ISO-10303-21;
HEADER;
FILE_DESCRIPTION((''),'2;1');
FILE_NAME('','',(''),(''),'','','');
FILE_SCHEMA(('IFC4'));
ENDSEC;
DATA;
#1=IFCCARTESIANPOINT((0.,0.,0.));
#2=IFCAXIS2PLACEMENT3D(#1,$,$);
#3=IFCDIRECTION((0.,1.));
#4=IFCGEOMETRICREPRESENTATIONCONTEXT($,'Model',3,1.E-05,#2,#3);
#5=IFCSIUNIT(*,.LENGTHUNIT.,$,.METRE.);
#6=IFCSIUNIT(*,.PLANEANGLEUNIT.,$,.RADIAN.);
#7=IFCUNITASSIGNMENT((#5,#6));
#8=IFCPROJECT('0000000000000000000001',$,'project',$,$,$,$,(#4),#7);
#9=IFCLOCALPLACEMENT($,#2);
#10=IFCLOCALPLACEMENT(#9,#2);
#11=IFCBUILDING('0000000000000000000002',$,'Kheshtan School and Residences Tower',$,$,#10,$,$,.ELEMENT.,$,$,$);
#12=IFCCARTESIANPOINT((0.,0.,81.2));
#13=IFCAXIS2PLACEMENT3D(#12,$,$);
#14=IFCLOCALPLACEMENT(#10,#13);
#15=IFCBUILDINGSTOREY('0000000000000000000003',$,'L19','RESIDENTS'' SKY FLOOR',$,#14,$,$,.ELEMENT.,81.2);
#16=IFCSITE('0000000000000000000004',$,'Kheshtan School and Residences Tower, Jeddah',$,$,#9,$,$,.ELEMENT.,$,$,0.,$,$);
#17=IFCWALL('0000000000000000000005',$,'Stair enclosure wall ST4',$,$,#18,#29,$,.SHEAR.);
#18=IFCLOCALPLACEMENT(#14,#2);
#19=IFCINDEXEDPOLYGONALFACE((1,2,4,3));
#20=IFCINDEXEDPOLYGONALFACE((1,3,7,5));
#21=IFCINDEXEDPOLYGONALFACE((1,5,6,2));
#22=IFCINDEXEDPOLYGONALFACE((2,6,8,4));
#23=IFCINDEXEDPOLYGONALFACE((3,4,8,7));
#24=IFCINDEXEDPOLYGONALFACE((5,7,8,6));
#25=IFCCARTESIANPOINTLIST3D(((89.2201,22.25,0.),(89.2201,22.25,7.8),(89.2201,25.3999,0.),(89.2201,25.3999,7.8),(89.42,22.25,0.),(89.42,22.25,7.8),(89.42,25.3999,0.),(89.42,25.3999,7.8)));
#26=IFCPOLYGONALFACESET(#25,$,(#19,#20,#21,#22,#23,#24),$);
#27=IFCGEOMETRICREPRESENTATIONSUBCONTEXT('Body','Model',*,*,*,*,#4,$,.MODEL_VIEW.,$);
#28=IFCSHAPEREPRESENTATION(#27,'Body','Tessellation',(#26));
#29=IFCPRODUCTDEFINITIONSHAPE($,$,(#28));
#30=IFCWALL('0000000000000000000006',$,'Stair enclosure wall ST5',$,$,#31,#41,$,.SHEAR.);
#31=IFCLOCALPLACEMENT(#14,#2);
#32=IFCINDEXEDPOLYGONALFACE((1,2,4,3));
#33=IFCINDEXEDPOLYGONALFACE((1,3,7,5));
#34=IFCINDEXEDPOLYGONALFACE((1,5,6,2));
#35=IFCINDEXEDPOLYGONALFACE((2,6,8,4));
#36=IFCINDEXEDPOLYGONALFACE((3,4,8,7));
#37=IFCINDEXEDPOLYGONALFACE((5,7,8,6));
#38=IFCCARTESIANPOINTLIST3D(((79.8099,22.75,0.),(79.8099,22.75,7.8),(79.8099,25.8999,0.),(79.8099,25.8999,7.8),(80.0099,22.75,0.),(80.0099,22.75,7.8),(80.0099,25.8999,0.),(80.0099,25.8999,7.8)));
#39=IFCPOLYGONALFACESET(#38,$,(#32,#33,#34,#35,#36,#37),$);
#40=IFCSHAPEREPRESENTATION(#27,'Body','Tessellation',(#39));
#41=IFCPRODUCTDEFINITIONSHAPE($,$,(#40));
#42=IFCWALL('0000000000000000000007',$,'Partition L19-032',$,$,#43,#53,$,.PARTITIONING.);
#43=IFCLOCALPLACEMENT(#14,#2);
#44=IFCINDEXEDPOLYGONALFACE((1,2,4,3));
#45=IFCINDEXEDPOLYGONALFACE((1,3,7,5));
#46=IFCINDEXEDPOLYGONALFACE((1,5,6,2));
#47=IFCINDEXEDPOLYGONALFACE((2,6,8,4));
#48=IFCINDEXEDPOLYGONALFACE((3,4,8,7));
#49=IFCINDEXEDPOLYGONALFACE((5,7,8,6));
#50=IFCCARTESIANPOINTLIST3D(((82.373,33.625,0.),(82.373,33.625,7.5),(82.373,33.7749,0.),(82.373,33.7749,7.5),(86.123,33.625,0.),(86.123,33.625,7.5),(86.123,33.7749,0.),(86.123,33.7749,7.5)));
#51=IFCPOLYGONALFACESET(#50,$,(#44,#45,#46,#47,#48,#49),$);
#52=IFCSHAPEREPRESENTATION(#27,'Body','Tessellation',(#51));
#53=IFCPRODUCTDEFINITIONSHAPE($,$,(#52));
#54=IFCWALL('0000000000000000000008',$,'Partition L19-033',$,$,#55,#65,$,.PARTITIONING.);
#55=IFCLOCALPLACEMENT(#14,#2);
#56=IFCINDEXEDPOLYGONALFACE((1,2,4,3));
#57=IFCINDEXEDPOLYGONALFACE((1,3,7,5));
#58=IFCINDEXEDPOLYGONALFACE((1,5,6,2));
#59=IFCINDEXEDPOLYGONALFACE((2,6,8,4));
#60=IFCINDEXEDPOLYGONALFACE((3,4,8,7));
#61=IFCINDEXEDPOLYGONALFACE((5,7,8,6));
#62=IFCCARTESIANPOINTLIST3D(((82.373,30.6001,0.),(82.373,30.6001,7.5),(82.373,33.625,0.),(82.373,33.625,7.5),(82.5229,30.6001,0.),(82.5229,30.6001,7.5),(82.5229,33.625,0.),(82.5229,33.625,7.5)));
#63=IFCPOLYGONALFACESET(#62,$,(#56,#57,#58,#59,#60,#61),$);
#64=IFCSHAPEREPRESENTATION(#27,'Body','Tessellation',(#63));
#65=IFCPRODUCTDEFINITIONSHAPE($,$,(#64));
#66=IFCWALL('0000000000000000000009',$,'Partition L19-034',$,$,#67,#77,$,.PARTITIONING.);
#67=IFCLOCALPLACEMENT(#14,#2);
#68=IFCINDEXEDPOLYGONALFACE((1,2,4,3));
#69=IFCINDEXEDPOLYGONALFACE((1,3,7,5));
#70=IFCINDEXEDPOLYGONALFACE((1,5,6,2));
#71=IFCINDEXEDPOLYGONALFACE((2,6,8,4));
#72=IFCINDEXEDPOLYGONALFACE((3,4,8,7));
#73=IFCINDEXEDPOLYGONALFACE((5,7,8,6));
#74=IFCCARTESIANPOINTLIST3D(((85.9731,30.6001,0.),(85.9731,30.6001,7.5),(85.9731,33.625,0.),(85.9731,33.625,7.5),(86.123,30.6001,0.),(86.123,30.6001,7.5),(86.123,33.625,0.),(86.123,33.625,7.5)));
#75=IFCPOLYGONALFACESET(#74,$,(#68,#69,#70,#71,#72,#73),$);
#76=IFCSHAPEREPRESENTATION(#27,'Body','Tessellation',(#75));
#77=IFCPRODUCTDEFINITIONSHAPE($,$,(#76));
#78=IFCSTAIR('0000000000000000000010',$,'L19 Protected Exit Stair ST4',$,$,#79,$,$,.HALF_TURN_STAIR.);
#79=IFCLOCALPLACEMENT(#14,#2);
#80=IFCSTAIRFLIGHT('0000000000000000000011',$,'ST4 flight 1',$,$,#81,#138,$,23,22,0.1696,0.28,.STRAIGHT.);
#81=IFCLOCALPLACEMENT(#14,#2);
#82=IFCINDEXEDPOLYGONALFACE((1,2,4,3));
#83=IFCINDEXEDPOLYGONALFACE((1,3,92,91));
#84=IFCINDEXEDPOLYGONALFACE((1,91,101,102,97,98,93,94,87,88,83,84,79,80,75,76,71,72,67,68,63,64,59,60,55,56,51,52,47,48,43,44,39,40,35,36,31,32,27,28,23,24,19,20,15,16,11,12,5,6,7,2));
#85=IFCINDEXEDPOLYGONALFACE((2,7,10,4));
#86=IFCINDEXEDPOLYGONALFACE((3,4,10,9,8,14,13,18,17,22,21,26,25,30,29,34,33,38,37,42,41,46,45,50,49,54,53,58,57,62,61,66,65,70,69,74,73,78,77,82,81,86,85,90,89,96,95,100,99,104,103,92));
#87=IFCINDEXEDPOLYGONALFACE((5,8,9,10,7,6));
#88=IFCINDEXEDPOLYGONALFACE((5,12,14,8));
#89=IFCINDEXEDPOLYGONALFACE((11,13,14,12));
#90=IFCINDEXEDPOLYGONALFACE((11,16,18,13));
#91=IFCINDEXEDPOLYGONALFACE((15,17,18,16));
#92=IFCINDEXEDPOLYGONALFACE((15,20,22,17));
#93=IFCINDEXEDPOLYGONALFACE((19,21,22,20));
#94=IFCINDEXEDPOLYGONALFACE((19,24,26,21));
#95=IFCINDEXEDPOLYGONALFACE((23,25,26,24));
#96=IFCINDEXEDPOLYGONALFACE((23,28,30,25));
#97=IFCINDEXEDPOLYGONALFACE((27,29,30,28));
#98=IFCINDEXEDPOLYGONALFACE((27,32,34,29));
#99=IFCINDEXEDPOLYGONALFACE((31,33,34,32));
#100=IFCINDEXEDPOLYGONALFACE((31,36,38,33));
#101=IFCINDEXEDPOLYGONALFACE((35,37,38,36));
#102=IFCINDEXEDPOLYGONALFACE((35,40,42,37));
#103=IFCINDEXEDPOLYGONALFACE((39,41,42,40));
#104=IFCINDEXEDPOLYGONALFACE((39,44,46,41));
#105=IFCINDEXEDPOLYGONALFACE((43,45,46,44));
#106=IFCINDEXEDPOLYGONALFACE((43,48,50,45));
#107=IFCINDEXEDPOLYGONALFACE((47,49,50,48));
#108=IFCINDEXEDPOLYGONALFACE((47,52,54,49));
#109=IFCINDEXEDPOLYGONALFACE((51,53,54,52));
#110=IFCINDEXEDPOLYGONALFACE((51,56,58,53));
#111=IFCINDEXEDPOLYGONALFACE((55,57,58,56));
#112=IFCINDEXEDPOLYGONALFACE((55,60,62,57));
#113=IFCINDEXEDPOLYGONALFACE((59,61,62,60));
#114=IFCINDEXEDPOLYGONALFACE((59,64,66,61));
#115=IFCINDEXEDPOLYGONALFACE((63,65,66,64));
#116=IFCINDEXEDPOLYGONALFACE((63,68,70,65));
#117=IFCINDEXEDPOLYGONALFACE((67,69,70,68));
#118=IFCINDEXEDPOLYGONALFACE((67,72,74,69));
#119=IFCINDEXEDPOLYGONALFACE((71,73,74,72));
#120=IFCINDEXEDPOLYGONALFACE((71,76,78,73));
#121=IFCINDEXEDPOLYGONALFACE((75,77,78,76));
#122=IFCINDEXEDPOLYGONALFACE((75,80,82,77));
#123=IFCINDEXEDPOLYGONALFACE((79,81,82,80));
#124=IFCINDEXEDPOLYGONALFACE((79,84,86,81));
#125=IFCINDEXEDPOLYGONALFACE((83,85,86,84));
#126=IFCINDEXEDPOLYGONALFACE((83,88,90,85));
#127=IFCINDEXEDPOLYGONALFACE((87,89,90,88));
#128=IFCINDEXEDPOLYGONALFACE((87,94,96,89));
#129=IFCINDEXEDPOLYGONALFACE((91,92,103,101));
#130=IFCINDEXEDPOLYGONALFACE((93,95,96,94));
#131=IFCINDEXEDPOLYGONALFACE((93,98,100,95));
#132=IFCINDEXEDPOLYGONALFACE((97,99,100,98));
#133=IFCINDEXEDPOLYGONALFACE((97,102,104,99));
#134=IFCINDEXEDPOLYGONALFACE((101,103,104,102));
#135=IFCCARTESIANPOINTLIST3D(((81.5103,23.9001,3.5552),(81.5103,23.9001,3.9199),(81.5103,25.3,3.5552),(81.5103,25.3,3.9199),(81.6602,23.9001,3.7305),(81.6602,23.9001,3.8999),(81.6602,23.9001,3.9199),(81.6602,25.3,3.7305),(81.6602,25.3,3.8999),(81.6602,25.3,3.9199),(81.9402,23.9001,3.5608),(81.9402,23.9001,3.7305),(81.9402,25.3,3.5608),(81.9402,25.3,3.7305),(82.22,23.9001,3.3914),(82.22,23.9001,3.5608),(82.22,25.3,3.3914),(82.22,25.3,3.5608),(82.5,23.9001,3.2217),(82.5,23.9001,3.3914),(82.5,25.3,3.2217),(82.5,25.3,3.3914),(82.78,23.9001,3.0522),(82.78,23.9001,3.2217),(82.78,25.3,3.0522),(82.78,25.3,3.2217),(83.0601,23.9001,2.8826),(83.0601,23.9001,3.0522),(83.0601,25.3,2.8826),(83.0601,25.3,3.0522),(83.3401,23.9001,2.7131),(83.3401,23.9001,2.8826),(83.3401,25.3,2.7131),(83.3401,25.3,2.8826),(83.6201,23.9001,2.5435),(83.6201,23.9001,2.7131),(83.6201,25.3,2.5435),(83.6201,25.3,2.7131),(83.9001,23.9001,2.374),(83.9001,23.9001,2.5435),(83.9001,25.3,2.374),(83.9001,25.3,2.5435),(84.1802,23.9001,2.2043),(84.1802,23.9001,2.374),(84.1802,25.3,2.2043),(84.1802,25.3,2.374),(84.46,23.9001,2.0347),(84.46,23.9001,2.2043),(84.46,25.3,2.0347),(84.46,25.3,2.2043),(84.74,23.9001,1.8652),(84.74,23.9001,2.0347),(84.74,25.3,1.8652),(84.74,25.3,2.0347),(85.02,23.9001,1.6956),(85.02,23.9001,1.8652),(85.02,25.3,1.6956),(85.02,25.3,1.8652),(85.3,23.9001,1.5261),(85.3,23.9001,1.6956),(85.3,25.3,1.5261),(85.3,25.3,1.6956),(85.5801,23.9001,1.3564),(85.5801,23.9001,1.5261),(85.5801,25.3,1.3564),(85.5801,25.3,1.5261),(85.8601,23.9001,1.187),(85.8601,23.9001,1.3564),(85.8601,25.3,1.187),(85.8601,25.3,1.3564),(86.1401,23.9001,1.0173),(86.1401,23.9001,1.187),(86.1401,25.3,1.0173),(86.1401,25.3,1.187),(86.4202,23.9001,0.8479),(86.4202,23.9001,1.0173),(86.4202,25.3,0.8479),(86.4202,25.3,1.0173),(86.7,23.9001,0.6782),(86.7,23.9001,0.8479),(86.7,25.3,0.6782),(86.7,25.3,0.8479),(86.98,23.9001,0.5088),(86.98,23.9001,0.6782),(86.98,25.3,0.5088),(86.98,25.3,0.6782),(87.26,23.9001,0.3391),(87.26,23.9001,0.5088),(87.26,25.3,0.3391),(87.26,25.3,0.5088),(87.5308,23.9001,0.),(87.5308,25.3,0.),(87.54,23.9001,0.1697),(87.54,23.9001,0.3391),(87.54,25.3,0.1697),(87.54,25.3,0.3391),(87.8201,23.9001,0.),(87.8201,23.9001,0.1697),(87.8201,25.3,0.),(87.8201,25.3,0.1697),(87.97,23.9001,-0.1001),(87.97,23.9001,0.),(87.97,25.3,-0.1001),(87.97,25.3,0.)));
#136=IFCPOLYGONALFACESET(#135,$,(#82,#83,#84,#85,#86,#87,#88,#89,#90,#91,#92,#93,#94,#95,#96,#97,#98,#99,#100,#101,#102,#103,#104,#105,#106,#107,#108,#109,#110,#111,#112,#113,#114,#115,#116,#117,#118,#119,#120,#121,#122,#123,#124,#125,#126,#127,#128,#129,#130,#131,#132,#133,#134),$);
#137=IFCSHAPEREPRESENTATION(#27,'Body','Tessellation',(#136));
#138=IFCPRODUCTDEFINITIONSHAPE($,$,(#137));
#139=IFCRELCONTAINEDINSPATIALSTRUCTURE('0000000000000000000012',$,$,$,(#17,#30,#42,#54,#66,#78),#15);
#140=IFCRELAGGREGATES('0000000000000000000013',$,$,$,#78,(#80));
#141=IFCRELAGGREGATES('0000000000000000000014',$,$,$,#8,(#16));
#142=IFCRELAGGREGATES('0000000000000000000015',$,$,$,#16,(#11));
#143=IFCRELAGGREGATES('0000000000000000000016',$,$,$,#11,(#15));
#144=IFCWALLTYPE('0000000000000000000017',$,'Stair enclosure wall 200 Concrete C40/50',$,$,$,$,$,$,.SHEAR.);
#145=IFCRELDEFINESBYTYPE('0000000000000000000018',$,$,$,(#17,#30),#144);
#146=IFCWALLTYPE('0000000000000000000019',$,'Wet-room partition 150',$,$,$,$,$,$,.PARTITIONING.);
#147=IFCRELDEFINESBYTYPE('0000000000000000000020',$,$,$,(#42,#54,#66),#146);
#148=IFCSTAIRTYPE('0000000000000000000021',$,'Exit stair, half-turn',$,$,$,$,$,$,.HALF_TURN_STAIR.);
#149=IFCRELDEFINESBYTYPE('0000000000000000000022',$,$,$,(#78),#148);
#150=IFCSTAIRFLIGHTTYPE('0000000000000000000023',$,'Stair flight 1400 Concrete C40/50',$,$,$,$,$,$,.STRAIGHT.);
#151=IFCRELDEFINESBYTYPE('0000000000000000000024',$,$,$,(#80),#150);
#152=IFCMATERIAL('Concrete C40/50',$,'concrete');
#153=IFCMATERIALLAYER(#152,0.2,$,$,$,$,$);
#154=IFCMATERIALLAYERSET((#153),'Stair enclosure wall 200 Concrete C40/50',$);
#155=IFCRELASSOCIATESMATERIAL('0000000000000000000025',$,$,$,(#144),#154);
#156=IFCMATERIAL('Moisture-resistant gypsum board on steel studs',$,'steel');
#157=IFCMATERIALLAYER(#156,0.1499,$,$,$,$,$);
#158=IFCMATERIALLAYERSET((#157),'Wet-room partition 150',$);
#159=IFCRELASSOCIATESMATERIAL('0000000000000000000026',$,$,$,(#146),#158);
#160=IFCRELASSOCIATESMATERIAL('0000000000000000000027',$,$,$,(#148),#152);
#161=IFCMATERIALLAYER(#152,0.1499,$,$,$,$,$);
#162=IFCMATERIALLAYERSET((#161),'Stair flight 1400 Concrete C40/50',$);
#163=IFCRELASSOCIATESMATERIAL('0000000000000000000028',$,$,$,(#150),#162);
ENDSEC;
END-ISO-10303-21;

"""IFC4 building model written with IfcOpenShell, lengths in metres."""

from ifc_helpers import new_model, si_unit, direction, frame, frame_2d, origin, place, context, subcontext, project, spatial, polyline, rectangle, outline, extrude, material, layer, layer_set, type_object, element, aggregate, save


model = new_model("IFC4")

# Units and contexts
model_context = context("Model", 3, precision=1e-05, world=origin(), true_north=direction((0.0, 1.0)))
body_context = subcontext(model_context, "Body", "Model", "MODEL_VIEW")
ifc_project = project(units=[si_unit("LENGTHUNIT", "METRE"), si_unit("PLANEANGLEUNIT", "RADIAN")], contexts=[model_context])

# Site, building, storey
site_placement = place(None, origin())
site = spatial("IfcSite", under=ifc_project, at=site_placement, Name="Kheshtan School and Residences Tower, Jeddah", CompositionType="ELEMENT", RefElevation=0.0)
building_placement = place(site_placement, origin())
building = spatial("IfcBuilding", under=site, at=building_placement, Name="Kheshtan School and Residences Tower", CompositionType="ELEMENT")
storey_placement = place(building_placement, frame((0.0, 0.0, 81.2)))
storey = spatial("IfcBuildingStorey", under=building, at=storey_placement, Name="L19", Description="RESIDENTS' SKY FLOOR", CompositionType="ELEMENT", Elevation=81.2)

# Shared definitions
ifc_material_1 = material(Name="Concrete C40/50", Category="concrete")
ifc_layer_1 = layer(ifc_material_1, 0.2)
ifc_layer_set_1 = layer_set([ifc_layer_1], Name="Stair enclosure wall 200 Concrete C40/50")
wall_type_1 = type_object("IfcWallType", Name="Stair enclosure wall 200 Concrete C40/50", PredefinedType="SHEAR", material=ifc_layer_set_1)

# Walls
for number, where, z_axis, x_axis, name in (
    (1, (89.3201, 22.25, 0.0), (0.0, 0.0, 1.0), (0.0, 1.0, 0.0), "Stair enclosure wall ST4"),
    (2, (79.9099, 22.75, 0.0), (0.0, 0.0, 1.0), (0.0, 1.0, 0.0), "Stair enclosure wall ST5"),
):
    element("IfcWall", number, at=place(storey_placement, frame(where, z_axis=z_axis, x_axis=x_axis)), inside=storey, type_object=wall_type_1, Name=name, PredefinedType="SHEAR", context=body_context, shape_type="SweptSolid", body=[
        extrude(rectangle(XDim=3.1499, YDim=0.2, at=frame_2d((1.575, 0.0))), origin(), (0.0, 0.0, 1.0), 7.8),
    ])
ifc_material_2 = material(Name="Moisture-resistant gypsum board on steel studs", Category="steel")
ifc_layer_2 = layer(ifc_material_2, 0.1499)
ifc_layer_set_2 = layer_set([ifc_layer_2], Name="Wet-room partition 150")
wall_type_2 = type_object("IfcWallType", Name="Wet-room partition 150", PredefinedType="PARTITIONING", material=ifc_layer_set_2)
wall_1_placement = place(storey_placement, frame((82.373, 33.7, 0.0), z_axis=(0.0, 0.0, 1.0), x_axis=(1.0, 0.0, 0.0)))
element("IfcWall", 3, at=wall_1_placement, inside=storey, type_object=wall_type_2, Name="Partition L19-032", PredefinedType="PARTITIONING", context=body_context, shape_type="SweptSolid", body=[
    extrude(rectangle(XDim=3.75, YDim=0.1499, at=frame_2d((1.875, 0.0))), origin(), (0.0, 0.0, 1.0), 7.5),
])
for number, where, z_axis, x_axis, name in (
    (4, (82.448, 30.6001, 0.0), (0.0, 0.0, 1.0), (0.0, 1.0, 0.0), "Partition L19-033"),
    (5, (86.0481, 30.6001, 0.0), (0.0, 0.0, 1.0), (0.0, 1.0, 0.0), "Partition L19-034"),
):
    element("IfcWall", number, at=place(storey_placement, frame(where, z_axis=z_axis, x_axis=x_axis)), inside=storey, type_object=wall_type_2, Name=name, PredefinedType="PARTITIONING", context=body_context, shape_type="SweptSolid", body=[
        extrude(rectangle(XDim=3.0249, YDim=0.1499, at=frame_2d((1.5125, 0.0))), origin(), (0.0, 0.0, 1.0), 7.5),
    ])

# Stair, stair flight
stair_type = type_object("IfcStairType", Name="Exit stair, half-turn", PredefinedType="HALF_TURN_STAIR", material=ifc_material_1)
stair_placement = place(storey_placement, origin())
stair = element("IfcStair", 6, at=stair_placement, inside=storey, type_object=stair_type, Name="L19 Protected Exit Stair ST4", PredefinedType="HALF_TURN_STAIR")
ifc_layer_3 = layer(ifc_material_1, 0.1499)
ifc_layer_set_3 = layer_set([ifc_layer_3], Name="Stair flight 1400 Concrete C40/50")
stair_flight_type = type_object("IfcStairFlightType", Name="Stair flight 1400 Concrete C40/50", PredefinedType="STRAIGHT", material=ifc_layer_set_3)
stair_flight_1_placement = place(storey_placement, frame((87.8201, 24.6001, 0.0), z_axis=(0.0, 0.0, 1.0), x_axis=(-1.0, 0.0, 0.0)))
stair_flight_1 = element("IfcStairFlight", 7, at=stair_flight_1_placement, type_object=stair_flight_type, Name="ST4 flight 1", NumberOfRisers=23, NumberOfTreads=22, PredefinedType="STRAIGHT", RiserHeight=0.1696, TreadLength=0.28, context=body_context, shape_type="SweptSolid", body=[
    extrude(outline(polyline([(-0.1499, -0.1001), (-0.1499, 0.0), (0.0, 0.0), (0.0, 0.1697), (0.28, 0.1697), (0.28, 0.3391), (0.5601, 0.3391), (0.5601, 0.5088), (0.8401, 0.5088), (0.8401, 0.6782), (1.1201, 0.6782), (1.1201, 0.8479), (1.3999, 0.8479), (1.3999, 1.0173), (1.6799, 1.0173), (1.6799, 1.187), (1.96, 1.187), (1.96, 1.3564), (2.24, 1.3564), (2.24, 1.5261), (2.52, 1.5261), (2.52, 1.6956), (2.8, 1.6956), (2.8, 1.8652), (3.0801, 1.8652), (3.0801, 2.0347), (3.3601, 2.0347), (3.3601, 2.2043), (3.6399, 2.2043), (3.6399, 2.374), (3.9199, 2.374), (3.9199, 2.5435), (4.2, 2.5435), (4.2, 2.7131), (4.48, 2.7131), (4.48, 2.8826), (4.76, 2.8826), (4.76, 3.0522), (5.04, 3.0522), (5.04, 3.2217), (5.3201, 3.2217), (5.3201, 3.3914), (5.6001, 3.3914), (5.6001, 3.5608), (5.8799, 3.5608), (5.8799, 3.7305), (6.1599, 3.7305), (6.1599, 3.8999), (6.1599, 3.9199), (6.3098, 3.9199), (6.3098, 3.5552), (0.2893, 0.0), (-0.1499, -0.1001)])), frame((0.0, 0.7, 0.0), z_axis=(0.0, -1.0, 0.0), x_axis=(1.0, 0.0, 0.0)), (0.0, 0.0, 1.0), 1.3999),
])
aggregate(stair, [stair_flight_1])

save(model, "model.ifc")
